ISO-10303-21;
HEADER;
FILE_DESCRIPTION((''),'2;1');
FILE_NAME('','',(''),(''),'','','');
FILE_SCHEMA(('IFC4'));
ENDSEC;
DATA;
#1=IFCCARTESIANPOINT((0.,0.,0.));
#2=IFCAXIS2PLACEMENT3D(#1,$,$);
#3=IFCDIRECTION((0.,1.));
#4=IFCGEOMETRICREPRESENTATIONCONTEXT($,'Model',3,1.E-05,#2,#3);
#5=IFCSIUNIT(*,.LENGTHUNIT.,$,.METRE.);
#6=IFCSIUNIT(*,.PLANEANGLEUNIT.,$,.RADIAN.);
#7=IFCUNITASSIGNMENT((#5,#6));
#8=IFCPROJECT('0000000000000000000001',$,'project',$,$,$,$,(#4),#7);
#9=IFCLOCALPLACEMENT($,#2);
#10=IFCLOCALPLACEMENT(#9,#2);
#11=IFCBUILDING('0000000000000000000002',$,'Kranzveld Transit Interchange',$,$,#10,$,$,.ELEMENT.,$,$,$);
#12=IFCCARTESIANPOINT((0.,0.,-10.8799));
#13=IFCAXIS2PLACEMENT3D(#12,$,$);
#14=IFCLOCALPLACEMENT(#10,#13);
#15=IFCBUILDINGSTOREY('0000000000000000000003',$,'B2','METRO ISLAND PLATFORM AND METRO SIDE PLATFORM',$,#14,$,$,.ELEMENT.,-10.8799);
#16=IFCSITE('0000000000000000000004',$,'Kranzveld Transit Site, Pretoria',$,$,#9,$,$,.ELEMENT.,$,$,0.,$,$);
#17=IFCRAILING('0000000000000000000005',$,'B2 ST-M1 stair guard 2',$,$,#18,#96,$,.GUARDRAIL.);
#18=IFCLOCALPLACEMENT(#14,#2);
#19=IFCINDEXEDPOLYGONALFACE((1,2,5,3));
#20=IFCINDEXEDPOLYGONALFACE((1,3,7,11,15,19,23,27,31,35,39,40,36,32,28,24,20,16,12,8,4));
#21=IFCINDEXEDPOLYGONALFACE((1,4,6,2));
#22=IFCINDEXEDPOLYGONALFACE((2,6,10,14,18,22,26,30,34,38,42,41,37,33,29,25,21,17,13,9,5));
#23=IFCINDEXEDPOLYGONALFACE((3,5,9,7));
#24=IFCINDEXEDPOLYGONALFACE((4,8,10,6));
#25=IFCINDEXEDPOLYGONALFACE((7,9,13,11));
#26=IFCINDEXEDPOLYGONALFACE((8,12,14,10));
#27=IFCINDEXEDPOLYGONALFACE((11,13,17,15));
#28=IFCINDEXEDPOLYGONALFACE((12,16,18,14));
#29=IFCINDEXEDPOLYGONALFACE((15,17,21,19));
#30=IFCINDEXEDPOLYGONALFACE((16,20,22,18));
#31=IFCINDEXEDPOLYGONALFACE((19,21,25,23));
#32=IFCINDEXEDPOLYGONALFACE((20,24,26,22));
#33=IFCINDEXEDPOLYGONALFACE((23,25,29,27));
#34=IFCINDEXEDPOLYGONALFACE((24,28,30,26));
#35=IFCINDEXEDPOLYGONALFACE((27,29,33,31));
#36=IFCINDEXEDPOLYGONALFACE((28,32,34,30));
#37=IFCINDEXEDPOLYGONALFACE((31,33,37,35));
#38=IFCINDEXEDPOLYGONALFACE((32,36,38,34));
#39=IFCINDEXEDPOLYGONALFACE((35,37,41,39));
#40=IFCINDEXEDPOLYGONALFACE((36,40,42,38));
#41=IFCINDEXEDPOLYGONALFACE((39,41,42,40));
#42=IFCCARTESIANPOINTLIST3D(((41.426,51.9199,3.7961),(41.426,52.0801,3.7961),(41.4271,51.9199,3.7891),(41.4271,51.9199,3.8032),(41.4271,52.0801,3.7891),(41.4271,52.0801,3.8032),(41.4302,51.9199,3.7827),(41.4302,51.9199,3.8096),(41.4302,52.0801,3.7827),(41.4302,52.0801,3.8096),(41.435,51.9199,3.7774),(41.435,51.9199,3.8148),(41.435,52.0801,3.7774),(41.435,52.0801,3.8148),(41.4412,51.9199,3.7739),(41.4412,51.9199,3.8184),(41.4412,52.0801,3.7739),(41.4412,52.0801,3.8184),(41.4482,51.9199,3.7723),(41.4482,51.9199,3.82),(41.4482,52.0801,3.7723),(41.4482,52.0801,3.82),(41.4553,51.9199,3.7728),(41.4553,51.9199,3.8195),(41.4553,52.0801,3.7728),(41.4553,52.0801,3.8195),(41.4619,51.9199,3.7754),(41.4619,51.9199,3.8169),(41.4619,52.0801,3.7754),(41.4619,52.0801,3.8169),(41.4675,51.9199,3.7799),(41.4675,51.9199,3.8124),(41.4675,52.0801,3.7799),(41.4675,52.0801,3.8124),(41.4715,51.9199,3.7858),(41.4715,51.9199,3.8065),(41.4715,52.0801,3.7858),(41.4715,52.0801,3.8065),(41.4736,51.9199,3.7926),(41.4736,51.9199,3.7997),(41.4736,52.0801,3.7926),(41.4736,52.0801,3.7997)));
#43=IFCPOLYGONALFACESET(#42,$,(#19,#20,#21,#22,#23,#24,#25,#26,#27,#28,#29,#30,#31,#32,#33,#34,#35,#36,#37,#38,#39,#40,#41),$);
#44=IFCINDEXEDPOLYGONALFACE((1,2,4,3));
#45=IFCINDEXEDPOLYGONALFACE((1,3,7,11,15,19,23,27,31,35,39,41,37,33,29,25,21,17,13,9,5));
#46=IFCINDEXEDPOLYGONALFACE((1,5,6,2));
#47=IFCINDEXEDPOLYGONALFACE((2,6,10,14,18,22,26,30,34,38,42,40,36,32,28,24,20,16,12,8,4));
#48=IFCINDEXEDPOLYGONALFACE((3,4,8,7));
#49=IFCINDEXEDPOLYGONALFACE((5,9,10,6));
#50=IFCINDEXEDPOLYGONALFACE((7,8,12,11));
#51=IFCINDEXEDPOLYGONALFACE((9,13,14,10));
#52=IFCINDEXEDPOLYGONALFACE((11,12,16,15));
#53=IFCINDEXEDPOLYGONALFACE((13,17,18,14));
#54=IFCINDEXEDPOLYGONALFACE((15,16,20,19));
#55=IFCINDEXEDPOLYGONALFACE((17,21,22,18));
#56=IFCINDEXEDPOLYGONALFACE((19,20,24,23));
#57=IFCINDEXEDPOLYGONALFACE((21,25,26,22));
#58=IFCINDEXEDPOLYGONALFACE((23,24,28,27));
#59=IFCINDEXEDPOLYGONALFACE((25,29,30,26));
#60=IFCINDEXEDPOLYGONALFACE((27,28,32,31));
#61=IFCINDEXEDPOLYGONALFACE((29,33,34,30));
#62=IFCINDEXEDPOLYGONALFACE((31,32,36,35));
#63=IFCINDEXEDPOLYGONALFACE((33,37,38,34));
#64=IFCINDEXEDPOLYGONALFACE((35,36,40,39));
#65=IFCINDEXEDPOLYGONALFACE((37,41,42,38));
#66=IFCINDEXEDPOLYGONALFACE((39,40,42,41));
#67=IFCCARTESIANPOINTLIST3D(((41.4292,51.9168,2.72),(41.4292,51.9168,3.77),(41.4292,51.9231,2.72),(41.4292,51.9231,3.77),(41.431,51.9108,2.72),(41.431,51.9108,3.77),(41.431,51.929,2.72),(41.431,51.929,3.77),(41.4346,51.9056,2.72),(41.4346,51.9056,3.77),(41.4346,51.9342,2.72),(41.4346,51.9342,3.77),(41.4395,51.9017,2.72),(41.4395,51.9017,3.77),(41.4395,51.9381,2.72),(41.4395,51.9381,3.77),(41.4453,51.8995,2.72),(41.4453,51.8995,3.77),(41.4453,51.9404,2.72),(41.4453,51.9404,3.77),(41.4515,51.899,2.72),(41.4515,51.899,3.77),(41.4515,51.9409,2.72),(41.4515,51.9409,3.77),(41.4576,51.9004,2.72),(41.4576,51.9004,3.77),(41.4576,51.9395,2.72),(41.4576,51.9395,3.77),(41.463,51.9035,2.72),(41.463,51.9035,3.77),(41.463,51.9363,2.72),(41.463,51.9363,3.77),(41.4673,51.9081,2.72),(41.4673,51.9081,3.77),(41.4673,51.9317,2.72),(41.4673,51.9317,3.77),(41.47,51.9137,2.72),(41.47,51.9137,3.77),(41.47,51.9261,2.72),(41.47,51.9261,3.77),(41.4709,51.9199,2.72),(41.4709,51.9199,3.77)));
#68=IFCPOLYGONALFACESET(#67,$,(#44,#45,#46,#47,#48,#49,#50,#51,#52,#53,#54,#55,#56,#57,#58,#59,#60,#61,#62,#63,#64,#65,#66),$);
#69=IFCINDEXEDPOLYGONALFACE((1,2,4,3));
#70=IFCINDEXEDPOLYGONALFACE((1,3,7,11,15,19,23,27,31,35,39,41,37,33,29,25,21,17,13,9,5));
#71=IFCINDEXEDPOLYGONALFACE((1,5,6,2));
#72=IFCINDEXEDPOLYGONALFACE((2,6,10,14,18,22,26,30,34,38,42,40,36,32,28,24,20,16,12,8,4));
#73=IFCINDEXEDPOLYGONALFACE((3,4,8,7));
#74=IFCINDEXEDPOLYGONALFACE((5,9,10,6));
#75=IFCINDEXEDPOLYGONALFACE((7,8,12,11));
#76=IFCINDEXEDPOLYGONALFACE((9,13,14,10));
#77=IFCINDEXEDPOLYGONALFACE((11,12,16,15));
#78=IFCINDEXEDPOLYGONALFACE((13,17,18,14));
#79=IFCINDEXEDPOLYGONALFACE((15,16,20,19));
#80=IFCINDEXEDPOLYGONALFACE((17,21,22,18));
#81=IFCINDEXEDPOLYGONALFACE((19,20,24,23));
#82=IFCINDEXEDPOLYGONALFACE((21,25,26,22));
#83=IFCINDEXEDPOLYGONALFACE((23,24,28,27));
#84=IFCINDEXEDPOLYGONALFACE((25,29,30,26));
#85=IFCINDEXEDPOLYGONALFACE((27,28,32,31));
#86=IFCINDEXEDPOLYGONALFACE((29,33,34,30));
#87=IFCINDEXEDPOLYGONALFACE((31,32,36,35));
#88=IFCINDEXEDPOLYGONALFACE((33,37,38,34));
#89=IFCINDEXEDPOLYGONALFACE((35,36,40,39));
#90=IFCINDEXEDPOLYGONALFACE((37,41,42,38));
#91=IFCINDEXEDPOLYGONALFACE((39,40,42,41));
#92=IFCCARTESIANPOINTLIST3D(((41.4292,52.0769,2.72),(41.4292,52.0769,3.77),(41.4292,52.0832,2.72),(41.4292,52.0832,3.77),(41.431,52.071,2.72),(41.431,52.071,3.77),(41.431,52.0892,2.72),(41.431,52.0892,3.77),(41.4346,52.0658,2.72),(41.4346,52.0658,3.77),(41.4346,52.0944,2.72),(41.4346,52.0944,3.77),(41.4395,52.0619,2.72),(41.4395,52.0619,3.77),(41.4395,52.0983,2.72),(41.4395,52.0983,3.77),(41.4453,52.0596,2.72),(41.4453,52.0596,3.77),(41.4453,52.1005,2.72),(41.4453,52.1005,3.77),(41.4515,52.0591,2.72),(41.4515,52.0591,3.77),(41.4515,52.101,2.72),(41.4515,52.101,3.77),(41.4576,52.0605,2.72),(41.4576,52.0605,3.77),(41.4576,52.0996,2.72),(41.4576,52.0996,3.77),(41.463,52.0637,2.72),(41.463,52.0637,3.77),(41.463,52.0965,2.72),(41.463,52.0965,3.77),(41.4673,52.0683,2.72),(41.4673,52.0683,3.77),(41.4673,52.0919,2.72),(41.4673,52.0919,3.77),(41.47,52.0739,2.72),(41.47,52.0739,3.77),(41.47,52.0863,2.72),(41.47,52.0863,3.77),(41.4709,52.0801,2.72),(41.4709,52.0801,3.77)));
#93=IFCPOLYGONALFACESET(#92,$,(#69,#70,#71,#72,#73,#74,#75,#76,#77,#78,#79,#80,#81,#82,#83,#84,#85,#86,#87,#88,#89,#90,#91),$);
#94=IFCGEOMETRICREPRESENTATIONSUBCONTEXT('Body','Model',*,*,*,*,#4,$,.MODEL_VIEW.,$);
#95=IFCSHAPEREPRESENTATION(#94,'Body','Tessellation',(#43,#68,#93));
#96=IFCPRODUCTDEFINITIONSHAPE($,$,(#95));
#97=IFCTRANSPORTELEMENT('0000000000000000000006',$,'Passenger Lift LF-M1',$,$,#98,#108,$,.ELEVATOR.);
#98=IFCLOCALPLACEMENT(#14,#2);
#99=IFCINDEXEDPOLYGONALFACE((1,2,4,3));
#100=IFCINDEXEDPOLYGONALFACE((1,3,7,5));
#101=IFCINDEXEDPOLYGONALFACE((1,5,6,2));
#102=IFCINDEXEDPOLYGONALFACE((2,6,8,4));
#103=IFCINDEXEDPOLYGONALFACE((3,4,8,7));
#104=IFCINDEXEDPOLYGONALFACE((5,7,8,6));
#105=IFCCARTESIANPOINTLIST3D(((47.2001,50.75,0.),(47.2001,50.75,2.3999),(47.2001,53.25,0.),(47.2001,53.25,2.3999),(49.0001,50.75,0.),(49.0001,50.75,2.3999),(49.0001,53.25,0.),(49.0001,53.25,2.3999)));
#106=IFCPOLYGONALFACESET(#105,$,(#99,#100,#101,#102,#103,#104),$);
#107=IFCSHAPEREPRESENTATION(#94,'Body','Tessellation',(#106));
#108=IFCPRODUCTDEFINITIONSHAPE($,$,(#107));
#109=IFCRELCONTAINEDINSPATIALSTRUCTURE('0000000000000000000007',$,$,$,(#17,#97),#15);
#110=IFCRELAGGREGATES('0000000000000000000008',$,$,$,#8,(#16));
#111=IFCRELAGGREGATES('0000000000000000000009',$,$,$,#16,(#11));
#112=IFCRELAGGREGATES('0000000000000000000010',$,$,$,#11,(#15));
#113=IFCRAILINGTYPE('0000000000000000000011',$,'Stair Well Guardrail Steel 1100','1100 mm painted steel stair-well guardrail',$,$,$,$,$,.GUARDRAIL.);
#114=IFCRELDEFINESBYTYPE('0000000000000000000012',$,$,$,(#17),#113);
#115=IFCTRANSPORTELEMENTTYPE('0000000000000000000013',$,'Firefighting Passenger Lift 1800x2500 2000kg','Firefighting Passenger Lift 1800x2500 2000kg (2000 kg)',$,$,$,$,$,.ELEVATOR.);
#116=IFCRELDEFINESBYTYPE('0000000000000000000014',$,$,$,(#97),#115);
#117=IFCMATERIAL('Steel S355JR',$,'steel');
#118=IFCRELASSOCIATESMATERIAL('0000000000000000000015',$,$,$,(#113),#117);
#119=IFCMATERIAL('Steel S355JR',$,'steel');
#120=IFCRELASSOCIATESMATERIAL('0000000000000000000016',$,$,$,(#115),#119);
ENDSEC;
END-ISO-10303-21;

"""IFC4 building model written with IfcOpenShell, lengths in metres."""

from ifc_helpers import new_model, si_unit, direction, frame, origin, origin_2d, place, context, subcontext, project, spatial, rectangle, circle, extrude, material, type_object, element, save


model = new_model("IFC4")

# Units and contexts
model_context = context("Model", 3, precision=1e-05, world=origin(), true_north=direction((0.0, 1.0)))
body_context = subcontext(model_context, "Body", "Model", "MODEL_VIEW")
ifc_project = project(units=[si_unit("LENGTHUNIT", "METRE"), si_unit("PLANEANGLEUNIT", "RADIAN")], contexts=[model_context])

# Site, building, storey
site_placement = place(None, origin())
site = spatial("IfcSite", under=ifc_project, at=site_placement, Name="Kranzveld Transit Site, Pretoria", CompositionType="ELEMENT", RefElevation=0.0)
building_placement = place(site_placement, origin())
building = spatial("IfcBuilding", under=site, at=building_placement, Name="Kranzveld Transit Interchange", CompositionType="ELEMENT")
storey_placement = place(building_placement, frame((0.0, 0.0, -10.8799)))
storey = spatial("IfcBuildingStorey", under=building, at=storey_placement, Name="B2", Description="METRO ISLAND PLATFORM AND METRO SIDE PLATFORM", CompositionType="ELEMENT", Elevation=-10.8799)

# Railing
ifc_material_1 = material(Name="Steel S355JR", Category="steel")
railing_type_1 = type_object("IfcRailingType", Name="Stair Well Guardrail Steel 1100", Description="1100 mm painted steel stair-well guardrail", PredefinedType="GUARDRAIL", material=ifc_material_1)
railing_1_placement = place(storey_placement, frame((41.45, 51.9199, 2.72)))
element("IfcRailing", 1, at=railing_1_placement, inside=storey, type_object=railing_type_1, Name="B2 ST-M1 stair guard 2", PredefinedType="GUARDRAIL", context=body_context, shape_type="SweptSolid", body=[
    extrude(circle(Radius=0.0239, at=origin_2d()), frame((0.0, 0.0, 1.0762), z_axis=(0.0, 1.0, 0.0), x_axis=(-1.0, 0.0, 0.0)), (0.0, 0.0, 1.0), 0.1602),
    extrude(circle(Radius=0.021, at=origin_2d()), origin(), (0.0, 0.0, 1.0), 1.05),
    extrude(circle(Radius=0.021, at=origin_2d()), frame((0.0, 0.1602, 0.0)), (0.0, 0.0, 1.0), 1.05),
])

# Transport element
ifc_material_2 = material(Name="Steel S355JR", Category="steel")
transport_element_type = type_object("IfcTransportElementType", Name="Firefighting Passenger Lift 1800x2500 2000kg", Description="Firefighting Passenger Lift 1800x2500 2000kg (2000 kg)", PredefinedType="ELEVATOR", material=ifc_material_2)
transport_element_placement = place(storey_placement, frame((48.1001, 52.0, 0.0), z_axis=(0.0, 0.0, 1.0), x_axis=(1.0, 0.0, 0.0)))
element("IfcTransportElement", 2, at=transport_element_placement, inside=storey, type_object=transport_element_type, Name="Passenger Lift LF-M1", PredefinedType="ELEVATOR", context=body_context, shape_type="SweptSolid", body=[
    extrude(rectangle(XDim=1.8, YDim=2.5, at=origin_2d()), origin(), (0.0, 0.0, 1.0), 2.3999),
])

save(model, "model.ifc")
